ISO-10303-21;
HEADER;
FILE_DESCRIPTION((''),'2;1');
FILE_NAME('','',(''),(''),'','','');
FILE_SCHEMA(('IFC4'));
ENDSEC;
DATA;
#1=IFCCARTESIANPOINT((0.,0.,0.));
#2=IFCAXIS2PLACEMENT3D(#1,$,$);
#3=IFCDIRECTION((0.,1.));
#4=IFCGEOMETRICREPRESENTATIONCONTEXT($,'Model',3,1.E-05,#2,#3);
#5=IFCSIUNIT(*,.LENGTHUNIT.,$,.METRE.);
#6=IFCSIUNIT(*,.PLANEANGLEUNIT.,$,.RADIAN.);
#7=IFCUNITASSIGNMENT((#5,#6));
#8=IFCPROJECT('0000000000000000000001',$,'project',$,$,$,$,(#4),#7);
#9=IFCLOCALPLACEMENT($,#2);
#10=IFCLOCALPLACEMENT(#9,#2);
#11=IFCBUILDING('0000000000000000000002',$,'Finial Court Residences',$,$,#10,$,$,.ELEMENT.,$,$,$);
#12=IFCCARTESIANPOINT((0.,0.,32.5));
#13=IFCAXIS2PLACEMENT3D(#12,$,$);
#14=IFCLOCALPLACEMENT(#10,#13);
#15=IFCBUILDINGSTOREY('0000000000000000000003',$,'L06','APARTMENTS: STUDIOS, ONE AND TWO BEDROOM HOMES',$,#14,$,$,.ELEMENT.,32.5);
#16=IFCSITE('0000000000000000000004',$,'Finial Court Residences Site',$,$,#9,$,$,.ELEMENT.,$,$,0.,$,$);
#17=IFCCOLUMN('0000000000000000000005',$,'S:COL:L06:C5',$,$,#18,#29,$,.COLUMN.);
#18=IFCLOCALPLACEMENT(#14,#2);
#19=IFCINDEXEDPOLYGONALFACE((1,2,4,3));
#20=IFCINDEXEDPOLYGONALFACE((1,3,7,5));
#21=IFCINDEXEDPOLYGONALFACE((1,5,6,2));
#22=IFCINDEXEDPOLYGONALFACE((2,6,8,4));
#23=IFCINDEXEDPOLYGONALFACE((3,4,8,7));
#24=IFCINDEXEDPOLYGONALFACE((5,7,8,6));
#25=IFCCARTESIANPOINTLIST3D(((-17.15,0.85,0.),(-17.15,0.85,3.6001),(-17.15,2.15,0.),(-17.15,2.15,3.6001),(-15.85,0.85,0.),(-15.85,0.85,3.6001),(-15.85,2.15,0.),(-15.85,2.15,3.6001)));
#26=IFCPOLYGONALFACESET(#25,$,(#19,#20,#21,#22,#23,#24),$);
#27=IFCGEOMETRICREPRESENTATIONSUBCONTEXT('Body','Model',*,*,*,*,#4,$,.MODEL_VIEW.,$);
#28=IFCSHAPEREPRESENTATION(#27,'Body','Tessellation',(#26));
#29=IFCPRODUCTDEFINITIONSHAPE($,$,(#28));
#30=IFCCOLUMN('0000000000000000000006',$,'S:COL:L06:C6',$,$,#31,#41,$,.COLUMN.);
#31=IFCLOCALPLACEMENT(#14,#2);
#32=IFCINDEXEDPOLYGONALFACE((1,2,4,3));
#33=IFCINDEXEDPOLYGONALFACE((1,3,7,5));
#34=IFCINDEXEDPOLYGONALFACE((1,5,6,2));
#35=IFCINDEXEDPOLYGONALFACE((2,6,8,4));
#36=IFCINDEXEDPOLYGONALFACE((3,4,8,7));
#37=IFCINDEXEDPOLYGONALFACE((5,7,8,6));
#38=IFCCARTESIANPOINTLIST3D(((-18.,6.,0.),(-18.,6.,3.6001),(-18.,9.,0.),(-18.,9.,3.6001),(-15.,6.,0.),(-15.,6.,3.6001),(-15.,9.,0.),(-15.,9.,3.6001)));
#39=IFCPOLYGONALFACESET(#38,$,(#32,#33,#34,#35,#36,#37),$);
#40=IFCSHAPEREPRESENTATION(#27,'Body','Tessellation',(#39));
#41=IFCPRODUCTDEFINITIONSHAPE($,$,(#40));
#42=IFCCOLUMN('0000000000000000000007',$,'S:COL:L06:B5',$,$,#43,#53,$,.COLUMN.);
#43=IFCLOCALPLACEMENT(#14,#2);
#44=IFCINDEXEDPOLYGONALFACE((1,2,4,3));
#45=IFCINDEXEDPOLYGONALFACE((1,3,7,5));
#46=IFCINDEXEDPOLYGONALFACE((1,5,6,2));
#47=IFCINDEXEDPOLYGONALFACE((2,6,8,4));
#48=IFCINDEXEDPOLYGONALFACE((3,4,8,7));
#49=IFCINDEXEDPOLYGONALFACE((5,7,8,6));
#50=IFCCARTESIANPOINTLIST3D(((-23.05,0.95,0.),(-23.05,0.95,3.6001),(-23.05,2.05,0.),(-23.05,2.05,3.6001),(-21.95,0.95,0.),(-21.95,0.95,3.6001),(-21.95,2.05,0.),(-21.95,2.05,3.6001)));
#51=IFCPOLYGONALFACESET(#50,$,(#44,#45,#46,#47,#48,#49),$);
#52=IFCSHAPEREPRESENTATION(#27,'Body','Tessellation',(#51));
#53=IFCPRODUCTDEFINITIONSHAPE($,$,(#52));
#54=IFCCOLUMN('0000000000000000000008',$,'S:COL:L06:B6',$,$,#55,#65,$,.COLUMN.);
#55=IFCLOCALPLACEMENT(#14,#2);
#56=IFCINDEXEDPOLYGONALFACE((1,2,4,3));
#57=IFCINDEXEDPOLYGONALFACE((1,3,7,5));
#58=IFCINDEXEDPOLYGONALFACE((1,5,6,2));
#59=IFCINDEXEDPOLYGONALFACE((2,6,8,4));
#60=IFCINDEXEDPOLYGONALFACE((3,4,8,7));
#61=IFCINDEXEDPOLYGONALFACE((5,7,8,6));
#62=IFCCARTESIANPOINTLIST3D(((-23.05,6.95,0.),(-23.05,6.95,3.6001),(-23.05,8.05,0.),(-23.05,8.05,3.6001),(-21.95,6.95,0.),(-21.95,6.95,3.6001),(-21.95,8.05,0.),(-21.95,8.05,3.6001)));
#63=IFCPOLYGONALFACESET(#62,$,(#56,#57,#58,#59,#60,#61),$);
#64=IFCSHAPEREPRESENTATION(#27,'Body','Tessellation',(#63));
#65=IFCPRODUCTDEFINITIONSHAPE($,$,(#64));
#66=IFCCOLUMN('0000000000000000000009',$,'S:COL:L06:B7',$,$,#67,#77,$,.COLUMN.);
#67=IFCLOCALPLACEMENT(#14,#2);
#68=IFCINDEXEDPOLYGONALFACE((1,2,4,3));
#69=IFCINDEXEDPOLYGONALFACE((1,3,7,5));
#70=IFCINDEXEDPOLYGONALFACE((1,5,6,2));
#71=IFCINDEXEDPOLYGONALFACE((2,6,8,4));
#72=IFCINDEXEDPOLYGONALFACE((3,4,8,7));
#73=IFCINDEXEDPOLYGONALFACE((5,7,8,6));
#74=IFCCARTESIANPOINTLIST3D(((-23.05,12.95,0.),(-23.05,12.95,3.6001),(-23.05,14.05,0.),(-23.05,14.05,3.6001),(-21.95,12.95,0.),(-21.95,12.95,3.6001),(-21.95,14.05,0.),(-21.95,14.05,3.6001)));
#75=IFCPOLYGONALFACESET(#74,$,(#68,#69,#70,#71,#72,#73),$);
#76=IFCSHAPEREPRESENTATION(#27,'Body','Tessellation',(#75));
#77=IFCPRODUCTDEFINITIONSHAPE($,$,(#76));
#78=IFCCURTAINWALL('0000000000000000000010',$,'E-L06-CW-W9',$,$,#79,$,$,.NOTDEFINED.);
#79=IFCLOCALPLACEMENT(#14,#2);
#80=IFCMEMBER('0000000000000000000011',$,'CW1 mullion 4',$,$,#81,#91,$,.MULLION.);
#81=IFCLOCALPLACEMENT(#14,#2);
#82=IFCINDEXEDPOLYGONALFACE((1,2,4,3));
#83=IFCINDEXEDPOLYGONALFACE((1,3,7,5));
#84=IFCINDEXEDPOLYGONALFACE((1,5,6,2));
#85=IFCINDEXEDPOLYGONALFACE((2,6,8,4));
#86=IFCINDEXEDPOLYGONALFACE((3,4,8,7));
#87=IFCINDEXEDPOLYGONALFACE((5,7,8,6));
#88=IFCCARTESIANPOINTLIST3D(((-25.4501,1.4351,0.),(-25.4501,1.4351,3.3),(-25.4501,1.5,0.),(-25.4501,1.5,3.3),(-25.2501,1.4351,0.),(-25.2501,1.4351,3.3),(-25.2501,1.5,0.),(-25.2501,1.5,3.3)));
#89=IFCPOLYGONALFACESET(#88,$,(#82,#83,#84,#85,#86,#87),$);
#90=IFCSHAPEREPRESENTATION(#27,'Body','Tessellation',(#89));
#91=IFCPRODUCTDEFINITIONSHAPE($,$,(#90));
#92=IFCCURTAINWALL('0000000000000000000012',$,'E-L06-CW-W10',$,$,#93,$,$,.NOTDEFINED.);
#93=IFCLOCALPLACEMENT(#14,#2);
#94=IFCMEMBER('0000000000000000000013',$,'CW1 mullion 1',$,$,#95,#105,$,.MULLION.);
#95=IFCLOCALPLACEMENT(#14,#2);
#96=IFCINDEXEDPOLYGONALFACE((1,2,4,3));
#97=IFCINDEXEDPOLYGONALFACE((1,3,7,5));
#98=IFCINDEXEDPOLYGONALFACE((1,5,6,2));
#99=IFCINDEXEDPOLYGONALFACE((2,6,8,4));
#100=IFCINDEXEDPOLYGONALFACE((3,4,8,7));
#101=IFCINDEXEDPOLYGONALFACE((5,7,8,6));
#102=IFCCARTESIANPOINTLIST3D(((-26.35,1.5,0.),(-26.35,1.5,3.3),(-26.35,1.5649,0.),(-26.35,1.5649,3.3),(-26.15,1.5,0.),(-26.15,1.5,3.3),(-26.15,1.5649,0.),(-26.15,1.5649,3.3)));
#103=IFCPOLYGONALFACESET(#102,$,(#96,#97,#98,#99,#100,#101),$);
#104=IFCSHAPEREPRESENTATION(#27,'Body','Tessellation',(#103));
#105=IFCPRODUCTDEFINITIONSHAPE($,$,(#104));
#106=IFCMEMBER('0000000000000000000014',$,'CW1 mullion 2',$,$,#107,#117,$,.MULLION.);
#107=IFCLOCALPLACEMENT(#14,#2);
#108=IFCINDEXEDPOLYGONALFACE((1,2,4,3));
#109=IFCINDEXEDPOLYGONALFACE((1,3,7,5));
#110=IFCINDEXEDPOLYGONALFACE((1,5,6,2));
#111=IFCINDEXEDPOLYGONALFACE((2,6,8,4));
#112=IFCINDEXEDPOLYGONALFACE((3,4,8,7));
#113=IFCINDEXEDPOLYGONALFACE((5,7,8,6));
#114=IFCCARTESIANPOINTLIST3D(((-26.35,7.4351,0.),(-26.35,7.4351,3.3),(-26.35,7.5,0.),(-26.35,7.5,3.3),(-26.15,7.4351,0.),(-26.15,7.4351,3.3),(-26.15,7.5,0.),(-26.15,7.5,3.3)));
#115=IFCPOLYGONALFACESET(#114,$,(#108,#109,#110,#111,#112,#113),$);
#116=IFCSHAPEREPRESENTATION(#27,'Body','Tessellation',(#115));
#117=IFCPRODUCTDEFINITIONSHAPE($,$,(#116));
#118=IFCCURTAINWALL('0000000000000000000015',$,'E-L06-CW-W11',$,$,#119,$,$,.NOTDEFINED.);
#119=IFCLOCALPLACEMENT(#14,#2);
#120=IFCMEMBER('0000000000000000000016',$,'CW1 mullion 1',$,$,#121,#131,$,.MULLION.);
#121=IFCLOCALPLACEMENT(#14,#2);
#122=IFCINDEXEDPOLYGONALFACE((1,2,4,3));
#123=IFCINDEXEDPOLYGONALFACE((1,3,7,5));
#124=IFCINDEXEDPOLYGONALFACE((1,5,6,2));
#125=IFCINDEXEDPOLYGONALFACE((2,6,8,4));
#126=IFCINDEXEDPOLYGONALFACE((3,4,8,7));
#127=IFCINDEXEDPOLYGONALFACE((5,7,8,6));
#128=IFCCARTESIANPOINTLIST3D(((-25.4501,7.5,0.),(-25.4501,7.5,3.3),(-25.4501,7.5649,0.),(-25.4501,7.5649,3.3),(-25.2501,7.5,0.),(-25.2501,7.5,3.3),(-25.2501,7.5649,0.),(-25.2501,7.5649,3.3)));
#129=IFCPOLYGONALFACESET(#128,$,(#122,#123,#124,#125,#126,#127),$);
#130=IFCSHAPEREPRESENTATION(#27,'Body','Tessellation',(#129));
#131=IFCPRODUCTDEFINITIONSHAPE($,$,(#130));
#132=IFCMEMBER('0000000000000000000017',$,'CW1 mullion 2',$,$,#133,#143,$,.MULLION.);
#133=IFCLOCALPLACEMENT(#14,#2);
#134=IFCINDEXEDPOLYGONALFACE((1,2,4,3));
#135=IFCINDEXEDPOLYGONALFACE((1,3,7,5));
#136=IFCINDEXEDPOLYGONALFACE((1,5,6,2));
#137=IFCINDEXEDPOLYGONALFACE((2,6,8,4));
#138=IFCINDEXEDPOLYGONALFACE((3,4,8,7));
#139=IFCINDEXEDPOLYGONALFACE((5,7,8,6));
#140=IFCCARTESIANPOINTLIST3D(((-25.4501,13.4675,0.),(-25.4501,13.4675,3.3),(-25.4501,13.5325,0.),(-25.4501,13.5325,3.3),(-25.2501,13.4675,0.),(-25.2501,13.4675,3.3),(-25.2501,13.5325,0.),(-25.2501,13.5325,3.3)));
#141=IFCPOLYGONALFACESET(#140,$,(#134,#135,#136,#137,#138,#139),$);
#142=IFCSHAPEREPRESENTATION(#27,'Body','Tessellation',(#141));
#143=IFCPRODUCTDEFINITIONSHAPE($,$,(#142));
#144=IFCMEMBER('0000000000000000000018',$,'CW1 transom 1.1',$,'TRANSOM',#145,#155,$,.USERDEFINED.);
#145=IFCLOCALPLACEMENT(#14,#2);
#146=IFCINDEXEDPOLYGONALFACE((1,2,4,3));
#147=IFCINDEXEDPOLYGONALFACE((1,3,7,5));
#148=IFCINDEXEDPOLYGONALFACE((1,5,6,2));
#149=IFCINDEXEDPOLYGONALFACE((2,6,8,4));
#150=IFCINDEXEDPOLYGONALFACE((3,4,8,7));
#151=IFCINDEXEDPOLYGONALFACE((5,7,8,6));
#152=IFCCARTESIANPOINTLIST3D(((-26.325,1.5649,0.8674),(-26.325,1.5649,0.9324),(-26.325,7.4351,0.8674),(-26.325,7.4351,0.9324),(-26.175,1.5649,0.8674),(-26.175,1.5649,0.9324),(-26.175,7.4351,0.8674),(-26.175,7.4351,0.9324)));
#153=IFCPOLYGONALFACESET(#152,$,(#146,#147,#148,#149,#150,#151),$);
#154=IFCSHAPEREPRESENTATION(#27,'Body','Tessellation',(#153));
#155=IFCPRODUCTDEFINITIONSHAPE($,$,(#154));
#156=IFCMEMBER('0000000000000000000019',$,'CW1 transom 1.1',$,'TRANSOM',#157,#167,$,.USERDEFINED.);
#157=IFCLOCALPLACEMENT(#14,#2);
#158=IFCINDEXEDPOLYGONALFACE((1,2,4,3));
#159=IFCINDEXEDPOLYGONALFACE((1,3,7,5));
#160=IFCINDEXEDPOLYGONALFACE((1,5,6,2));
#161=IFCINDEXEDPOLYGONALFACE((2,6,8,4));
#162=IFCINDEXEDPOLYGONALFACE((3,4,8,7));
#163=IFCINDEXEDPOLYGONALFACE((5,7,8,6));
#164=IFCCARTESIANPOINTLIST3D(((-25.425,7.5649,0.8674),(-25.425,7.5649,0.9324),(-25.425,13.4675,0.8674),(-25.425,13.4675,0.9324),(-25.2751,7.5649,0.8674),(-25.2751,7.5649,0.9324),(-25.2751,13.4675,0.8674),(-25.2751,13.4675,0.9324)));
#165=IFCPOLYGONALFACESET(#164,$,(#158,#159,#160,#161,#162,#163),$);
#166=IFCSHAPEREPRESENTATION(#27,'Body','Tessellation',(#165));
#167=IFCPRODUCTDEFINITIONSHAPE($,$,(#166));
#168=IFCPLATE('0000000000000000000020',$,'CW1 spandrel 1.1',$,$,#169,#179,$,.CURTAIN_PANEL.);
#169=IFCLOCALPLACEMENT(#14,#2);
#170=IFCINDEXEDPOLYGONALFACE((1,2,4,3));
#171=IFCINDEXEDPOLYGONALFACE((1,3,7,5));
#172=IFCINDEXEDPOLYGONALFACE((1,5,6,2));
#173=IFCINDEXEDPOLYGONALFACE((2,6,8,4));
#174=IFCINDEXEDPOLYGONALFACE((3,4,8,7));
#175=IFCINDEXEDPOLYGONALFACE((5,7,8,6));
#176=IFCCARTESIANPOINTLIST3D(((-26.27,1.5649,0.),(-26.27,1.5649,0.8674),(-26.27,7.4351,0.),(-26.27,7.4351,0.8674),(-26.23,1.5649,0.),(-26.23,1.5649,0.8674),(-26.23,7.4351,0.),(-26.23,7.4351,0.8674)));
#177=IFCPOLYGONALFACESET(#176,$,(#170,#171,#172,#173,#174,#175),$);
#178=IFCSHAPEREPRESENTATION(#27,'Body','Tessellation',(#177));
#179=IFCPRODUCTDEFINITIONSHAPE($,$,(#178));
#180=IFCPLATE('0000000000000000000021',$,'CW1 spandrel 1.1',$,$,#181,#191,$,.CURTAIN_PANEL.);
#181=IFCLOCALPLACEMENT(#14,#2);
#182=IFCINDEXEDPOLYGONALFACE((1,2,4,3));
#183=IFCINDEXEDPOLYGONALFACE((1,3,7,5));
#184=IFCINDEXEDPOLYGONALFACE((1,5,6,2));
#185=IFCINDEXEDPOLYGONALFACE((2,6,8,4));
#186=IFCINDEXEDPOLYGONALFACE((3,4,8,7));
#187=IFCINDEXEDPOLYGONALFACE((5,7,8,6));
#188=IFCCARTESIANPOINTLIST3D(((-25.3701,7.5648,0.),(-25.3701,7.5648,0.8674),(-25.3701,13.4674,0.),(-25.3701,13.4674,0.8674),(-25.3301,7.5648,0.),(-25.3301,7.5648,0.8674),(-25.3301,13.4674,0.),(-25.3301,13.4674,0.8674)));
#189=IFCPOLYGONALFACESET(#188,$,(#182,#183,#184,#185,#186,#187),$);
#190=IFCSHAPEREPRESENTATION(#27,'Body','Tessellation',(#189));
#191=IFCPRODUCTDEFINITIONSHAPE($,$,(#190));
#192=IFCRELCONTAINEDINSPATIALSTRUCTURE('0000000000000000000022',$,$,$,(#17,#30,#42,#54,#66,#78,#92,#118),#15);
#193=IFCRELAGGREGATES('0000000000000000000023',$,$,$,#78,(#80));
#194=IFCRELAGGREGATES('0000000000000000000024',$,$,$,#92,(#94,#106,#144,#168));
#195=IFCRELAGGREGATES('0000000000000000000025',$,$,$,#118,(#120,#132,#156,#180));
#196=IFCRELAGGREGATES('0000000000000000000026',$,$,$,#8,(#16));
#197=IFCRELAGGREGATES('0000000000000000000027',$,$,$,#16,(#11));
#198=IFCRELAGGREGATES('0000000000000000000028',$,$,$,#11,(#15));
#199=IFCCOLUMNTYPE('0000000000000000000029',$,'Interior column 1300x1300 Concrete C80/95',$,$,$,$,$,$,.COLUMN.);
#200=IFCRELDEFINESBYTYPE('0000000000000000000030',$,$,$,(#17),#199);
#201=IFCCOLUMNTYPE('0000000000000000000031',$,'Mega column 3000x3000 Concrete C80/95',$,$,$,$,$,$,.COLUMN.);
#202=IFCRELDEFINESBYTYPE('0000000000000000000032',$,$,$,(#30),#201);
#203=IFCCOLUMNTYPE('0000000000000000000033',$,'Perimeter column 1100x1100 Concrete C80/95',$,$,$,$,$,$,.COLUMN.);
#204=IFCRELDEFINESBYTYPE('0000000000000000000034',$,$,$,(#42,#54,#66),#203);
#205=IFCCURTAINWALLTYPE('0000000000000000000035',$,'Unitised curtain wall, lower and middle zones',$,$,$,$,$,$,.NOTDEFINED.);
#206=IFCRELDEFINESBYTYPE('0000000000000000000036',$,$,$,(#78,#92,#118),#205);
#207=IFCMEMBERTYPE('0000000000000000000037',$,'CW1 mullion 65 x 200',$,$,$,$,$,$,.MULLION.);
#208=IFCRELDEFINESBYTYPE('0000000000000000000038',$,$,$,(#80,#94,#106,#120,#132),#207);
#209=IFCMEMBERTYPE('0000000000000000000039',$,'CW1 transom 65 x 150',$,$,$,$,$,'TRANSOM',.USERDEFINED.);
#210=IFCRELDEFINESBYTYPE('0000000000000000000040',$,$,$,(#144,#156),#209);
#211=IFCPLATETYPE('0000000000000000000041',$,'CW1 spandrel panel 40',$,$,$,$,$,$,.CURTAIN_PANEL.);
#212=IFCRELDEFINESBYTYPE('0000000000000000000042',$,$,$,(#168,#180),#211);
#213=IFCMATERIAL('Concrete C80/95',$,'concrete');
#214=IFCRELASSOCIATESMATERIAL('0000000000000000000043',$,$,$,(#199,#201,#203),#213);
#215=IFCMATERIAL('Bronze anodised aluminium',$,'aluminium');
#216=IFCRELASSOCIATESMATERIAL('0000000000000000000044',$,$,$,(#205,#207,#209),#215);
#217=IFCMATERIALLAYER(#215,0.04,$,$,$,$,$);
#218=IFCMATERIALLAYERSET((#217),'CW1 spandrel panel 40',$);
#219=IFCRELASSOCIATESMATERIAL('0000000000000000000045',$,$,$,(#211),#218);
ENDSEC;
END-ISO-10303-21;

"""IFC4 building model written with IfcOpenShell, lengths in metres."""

from ifc_helpers import new_model, si_unit, direction, frame, origin, origin_2d, place, context, subcontext, project, spatial, rectangle, extrude, material, layer, layer_set, material_profile, profile_set, type_object, element, aggregate, save


model = new_model("IFC4")

# Units and contexts
model_context = context("Model", 3, precision=1e-05, world=origin(), true_north=direction((0.0, 1.0)))
body_context = subcontext(model_context, "Body", "Model", "MODEL_VIEW")
ifc_project = project(units=[si_unit("LENGTHUNIT", "METRE"), si_unit("PLANEANGLEUNIT", "RADIAN")], contexts=[model_context])

# Site, building, storey
site_placement = place(None, origin())
site = spatial("IfcSite", under=ifc_project, at=site_placement, Name="Finial Court Residences Site", CompositionType="ELEMENT", RefElevation=0.0)
building_placement = place(site_placement, origin())
building = spatial("IfcBuilding", under=site, at=building_placement, Name="Finial Court Residences", CompositionType="ELEMENT")
storey_placement = place(building_placement, frame((0.0, 0.0, 32.5)))
storey = spatial("IfcBuildingStorey", under=building, at=storey_placement, Name="L06", Description="APARTMENTS: STUDIOS, ONE AND TWO BEDROOM HOMES", CompositionType="ELEMENT", Elevation=32.5)

# Columns
ifc_material_1 = material(Name="Concrete C80/95", Category="concrete")
ifc_material_profile_1 = material_profile(ifc_material_1, rectangle(XDim=1.3, YDim=1.3, at=origin_2d()), Name="1300x1300")
ifc_profile_set_1 = profile_set([ifc_material_profile_1], Name="Concrete C80/95")
column_type_1 = type_object("IfcColumnType", Name="Interior column 1300x1300 Concrete C80/95", PredefinedType="COLUMN", material=ifc_profile_set_1)
column_1_placement = place(storey_placement, frame((-16.5, 1.5, 0.0), z_axis=(0.0, 0.0, 1.0), x_axis=(1.0, 0.0, 0.0)))
element("IfcColumn", 1, at=column_1_placement, inside=storey, type_object=column_type_1, Name="S:COL:L06:C5", PredefinedType="COLUMN", context=body_context, shape_type="SweptSolid", body=[
    extrude(rectangle(XDim=1.3, YDim=1.3, at=origin_2d()), origin(), (0.0, 0.0, 1.0), 3.6001),
])
ifc_material_profile_2 = material_profile(ifc_material_1, rectangle(XDim=3.0, YDim=3.0, at=origin_2d()), Name="3000x3000")
ifc_profile_set_2 = profile_set([ifc_material_profile_2], Name="Concrete C80/95")
column_type_2 = type_object("IfcColumnType", Name="Mega column 3000x3000 Concrete C80/95", PredefinedType="COLUMN", material=ifc_profile_set_2)
column_2_placement = place(storey_placement, frame((-16.5, 7.5, 0.0), z_axis=(0.0, 0.0, 1.0), x_axis=(1.0, 0.0, 0.0)))
element("IfcColumn", 2, at=column_2_placement, inside=storey, type_object=column_type_2, Name="S:COL:L06:C6", PredefinedType="COLUMN", context=body_context, shape_type="SweptSolid", body=[
    extrude(rectangle(XDim=3.0, YDim=3.0, at=origin_2d()), origin(), (0.0, 0.0, 1.0), 3.6001),
])
ifc_material_profile_3 = material_profile(ifc_material_1, rectangle(XDim=1.1001, YDim=1.1001, at=origin_2d()), Name="1100x1100")
ifc_profile_set_3 = profile_set([ifc_material_profile_3], Name="Concrete C80/95")
column_type_3 = type_object("IfcColumnType", Name="Perimeter column 1100x1100 Concrete C80/95", PredefinedType="COLUMN", material=ifc_profile_set_3)
for number, where, z_axis, x_axis, name in (
    (3, (-22.5, 1.5, 0.0), (0.0, 0.0, 1.0), (1.0, 0.0, 0.0), "S:COL:L06:B5"),
    (4, (-22.5, 7.5, 0.0), (0.0, 0.0, 1.0), (1.0, 0.0, 0.0), "S:COL:L06:B6"),
    (5, (-22.5, 13.5, 0.0), (0.0, 0.0, 1.0), (1.0, 0.0, 0.0), "S:COL:L06:B7"),
):
    element("IfcColumn", number, at=place(storey_placement, frame(where, z_axis=z_axis, x_axis=x_axis)), inside=storey, type_object=column_type_3, Name=name, PredefinedType="COLUMN", context=body_context, shape_type="SweptSolid", body=[
        extrude(rectangle(XDim=1.1001, YDim=1.1001, at=origin_2d()), origin(), (0.0, 0.0, 1.0), 3.6001),
    ])

# Curtain wall, member
ifc_material_2 = material(Name="Bronze anodised aluminium", Category="aluminium")
curtain_wall_type = type_object("IfcCurtainWallType", Name="Unitised curtain wall, lower and middle zones", PredefinedType="NOTDEFINED", material=ifc_material_2)
curtain_wall_1_placement = place(storey_placement, origin())
curtain_wall_1 = element("IfcCurtainWall", 6, at=curtain_wall_1_placement, inside=storey, type_object=curtain_wall_type, Name="E-L06-CW-W9", PredefinedType="NOTDEFINED")
ifc_material_profile_4 = material_profile(ifc_material_2, rectangle(XDim=0.2, YDim=0.0649, at=origin_2d()), Name="CW1 mullion 65 x 200")
ifc_profile_set_4 = profile_set([ifc_material_profile_4], Name="Bronze anodised aluminium")
member_type_1 = type_object("IfcMemberType", Name="CW1 mullion 65 x 200", PredefinedType="MULLION", material=ifc_profile_set_4)
member_1_placement = place(storey_placement, frame((-25.3501, 1.4675, 0.0), z_axis=(0.0, 0.0, 1.0), x_axis=(-1.0, 0.0, 0.0)))
member_1 = element("IfcMember", 7, at=member_1_placement, type_object=member_type_1, Name="CW1 mullion 4", PredefinedType="MULLION", context=body_context, shape_type="SweptSolid", body=[
    extrude(rectangle(XDim=0.2, YDim=0.0649, at=origin_2d()), origin(), (0.0, 0.0, 1.0), 3.3),
])
aggregate(curtain_wall_1, [member_1])

# Curtain walls, members
curtain_wall_2_placement = place(storey_placement, origin())
curtain_wall_2 = element("IfcCurtainWall", 8, at=curtain_wall_2_placement, inside=storey, type_object=curtain_wall_type, Name="E-L06-CW-W10", PredefinedType="NOTDEFINED")
member_2_placement = place(storey_placement, frame((-26.25, 1.5325, 0.0), z_axis=(0.0, 0.0, 1.0), x_axis=(-1.0, 0.0, 0.0)))
member_2 = element("IfcMember", 9, at=member_2_placement, type_object=member_type_1, Name="CW1 mullion 1", PredefinedType="MULLION", context=body_context, shape_type="SweptSolid", body=[
    extrude(rectangle(XDim=0.2, YDim=0.0649, at=origin_2d()), origin(), (0.0, 0.0, 1.0), 3.3),
])
member_3_placement = place(storey_placement, frame((-26.25, 7.4675, 0.0), z_axis=(0.0, 0.0, 1.0), x_axis=(-1.0, 0.0, 0.0)))
member_3 = element("IfcMember", 10, at=member_3_placement, type_object=member_type_1, Name="CW1 mullion 2", PredefinedType="MULLION", context=body_context, shape_type="SweptSolid", body=[
    extrude(rectangle(XDim=0.2, YDim=0.0649, at=origin_2d()), origin(), (0.0, 0.0, 1.0), 3.3),
])
curtain_wall_3_placement = place(storey_placement, origin())
curtain_wall_3 = element("IfcCurtainWall", 11, at=curtain_wall_3_placement, inside=storey, type_object=curtain_wall_type, Name="E-L06-CW-W11", PredefinedType="NOTDEFINED")
member_4_placement = place(storey_placement, frame((-25.3501, 7.5325, 0.0), z_axis=(0.0, 0.0, 1.0), x_axis=(-1.0, 0.0, 0.0)))
member_4 = element("IfcMember", 12, at=member_4_placement, type_object=member_type_1, Name="CW1 mullion 1", PredefinedType="MULLION", context=body_context, shape_type="SweptSolid", body=[
    extrude(rectangle(XDim=0.2, YDim=0.0649, at=origin_2d()), origin(), (0.0, 0.0, 1.0), 3.3),
])
member_5_placement = place(storey_placement, frame((-25.3501, 13.5, 0.0), z_axis=(0.0, 0.0, 1.0), x_axis=(-1.0, 0.0, 0.0)))
member_5 = element("IfcMember", 13, at=member_5_placement, type_object=member_type_1, Name="CW1 mullion 2", PredefinedType="MULLION", context=body_context, shape_type="SweptSolid", body=[
    extrude(rectangle(XDim=0.2, YDim=0.0649, at=origin_2d()), origin(), (0.0, 0.0, 1.0), 3.3),
])

# Members
ifc_material_profile_5 = material_profile(ifc_material_2, rectangle(XDim=0.1499, YDim=0.0649, at=origin_2d()), Name="CW1 transom 65 x 150")
ifc_profile_set_5 = profile_set([ifc_material_profile_5], Name="Bronze anodised aluminium")
member_type_2 = type_object("IfcMemberType", Name="CW1 transom 65 x 150", ElementType="TRANSOM", PredefinedType="USERDEFINED", material=ifc_profile_set_5)
member_6_placement = place(storey_placement, frame((-26.25, 1.5649, 0.8999), z_axis=(0.0, 1.0, 0.0), x_axis=(-1.0, 0.0, 0.0)))
member_6 = element("IfcMember", 14, at=member_6_placement, type_object=member_type_2, Name="CW1 transom 1.1", ObjectType="TRANSOM", PredefinedType="USERDEFINED", context=body_context, shape_type="SweptSolid", body=[
    extrude(rectangle(XDim=0.1499, YDim=0.0649, at=origin_2d()), origin(), (0.0, 0.0, 1.0), 5.8701),
])
member_7_placement = place(storey_placement, frame((-25.3501, 7.5649, 0.8999), z_axis=(0.0, 1.0, 0.0), x_axis=(-1.0, 0.0, 0.0)))
member_7 = element("IfcMember", 15, at=member_7_placement, type_object=member_type_2, Name="CW1 transom 1.1", ObjectType="TRANSOM", PredefinedType="USERDEFINED", context=body_context, shape_type="SweptSolid", body=[
    extrude(rectangle(XDim=0.1499, YDim=0.0649, at=origin_2d()), origin(), (0.0, 0.0, 1.0), 5.9026),
])

# Plates
ifc_layer_1 = layer(ifc_material_2, 0.04)
ifc_layer_set_1 = layer_set([ifc_layer_1], Name="CW1 spandrel panel 40")
plate_type_1 = type_object("IfcPlateType", Name="CW1 spandrel panel 40", PredefinedType="CURTAIN_PANEL", material=ifc_layer_set_1)
plate_1_placement = place(storey_placement, frame((-26.25, 4.5, 0.0), z_axis=(0.0, 0.0, 1.0), x_axis=(0.0, 1.0, 0.0)))
plate_1 = element("IfcPlate", 16, at=plate_1_placement, type_object=plate_type_1, Name="CW1 spandrel 1.1", PredefinedType="CURTAIN_PANEL", context=body_context, shape_type="SweptSolid", body=[
    extrude(rectangle(XDim=5.8701, YDim=0.04, at=origin_2d()), origin(), (0.0, 0.0, 1.0), 0.8674),
])
plate_2_placement = place(storey_placement, frame((-25.3501, 10.5161, 0.0), z_axis=(0.0, 0.0, 1.0), x_axis=(0.0, 1.0, 0.0)))
plate_2 = element("IfcPlate", 17, at=plate_2_placement, type_object=plate_type_1, Name="CW1 spandrel 1.1", PredefinedType="CURTAIN_PANEL", context=body_context, shape_type="SweptSolid", body=[
    extrude(rectangle(XDim=5.9026, YDim=0.04, at=origin_2d()), origin(), (0.0, 0.0, 1.0), 0.8674),
])
aggregate(curtain_wall_2, [member_2, member_3, member_6, plate_1])
aggregate(curtain_wall_3, [member_4, member_5, member_7, plate_2])

save(model, "model.ifc")
